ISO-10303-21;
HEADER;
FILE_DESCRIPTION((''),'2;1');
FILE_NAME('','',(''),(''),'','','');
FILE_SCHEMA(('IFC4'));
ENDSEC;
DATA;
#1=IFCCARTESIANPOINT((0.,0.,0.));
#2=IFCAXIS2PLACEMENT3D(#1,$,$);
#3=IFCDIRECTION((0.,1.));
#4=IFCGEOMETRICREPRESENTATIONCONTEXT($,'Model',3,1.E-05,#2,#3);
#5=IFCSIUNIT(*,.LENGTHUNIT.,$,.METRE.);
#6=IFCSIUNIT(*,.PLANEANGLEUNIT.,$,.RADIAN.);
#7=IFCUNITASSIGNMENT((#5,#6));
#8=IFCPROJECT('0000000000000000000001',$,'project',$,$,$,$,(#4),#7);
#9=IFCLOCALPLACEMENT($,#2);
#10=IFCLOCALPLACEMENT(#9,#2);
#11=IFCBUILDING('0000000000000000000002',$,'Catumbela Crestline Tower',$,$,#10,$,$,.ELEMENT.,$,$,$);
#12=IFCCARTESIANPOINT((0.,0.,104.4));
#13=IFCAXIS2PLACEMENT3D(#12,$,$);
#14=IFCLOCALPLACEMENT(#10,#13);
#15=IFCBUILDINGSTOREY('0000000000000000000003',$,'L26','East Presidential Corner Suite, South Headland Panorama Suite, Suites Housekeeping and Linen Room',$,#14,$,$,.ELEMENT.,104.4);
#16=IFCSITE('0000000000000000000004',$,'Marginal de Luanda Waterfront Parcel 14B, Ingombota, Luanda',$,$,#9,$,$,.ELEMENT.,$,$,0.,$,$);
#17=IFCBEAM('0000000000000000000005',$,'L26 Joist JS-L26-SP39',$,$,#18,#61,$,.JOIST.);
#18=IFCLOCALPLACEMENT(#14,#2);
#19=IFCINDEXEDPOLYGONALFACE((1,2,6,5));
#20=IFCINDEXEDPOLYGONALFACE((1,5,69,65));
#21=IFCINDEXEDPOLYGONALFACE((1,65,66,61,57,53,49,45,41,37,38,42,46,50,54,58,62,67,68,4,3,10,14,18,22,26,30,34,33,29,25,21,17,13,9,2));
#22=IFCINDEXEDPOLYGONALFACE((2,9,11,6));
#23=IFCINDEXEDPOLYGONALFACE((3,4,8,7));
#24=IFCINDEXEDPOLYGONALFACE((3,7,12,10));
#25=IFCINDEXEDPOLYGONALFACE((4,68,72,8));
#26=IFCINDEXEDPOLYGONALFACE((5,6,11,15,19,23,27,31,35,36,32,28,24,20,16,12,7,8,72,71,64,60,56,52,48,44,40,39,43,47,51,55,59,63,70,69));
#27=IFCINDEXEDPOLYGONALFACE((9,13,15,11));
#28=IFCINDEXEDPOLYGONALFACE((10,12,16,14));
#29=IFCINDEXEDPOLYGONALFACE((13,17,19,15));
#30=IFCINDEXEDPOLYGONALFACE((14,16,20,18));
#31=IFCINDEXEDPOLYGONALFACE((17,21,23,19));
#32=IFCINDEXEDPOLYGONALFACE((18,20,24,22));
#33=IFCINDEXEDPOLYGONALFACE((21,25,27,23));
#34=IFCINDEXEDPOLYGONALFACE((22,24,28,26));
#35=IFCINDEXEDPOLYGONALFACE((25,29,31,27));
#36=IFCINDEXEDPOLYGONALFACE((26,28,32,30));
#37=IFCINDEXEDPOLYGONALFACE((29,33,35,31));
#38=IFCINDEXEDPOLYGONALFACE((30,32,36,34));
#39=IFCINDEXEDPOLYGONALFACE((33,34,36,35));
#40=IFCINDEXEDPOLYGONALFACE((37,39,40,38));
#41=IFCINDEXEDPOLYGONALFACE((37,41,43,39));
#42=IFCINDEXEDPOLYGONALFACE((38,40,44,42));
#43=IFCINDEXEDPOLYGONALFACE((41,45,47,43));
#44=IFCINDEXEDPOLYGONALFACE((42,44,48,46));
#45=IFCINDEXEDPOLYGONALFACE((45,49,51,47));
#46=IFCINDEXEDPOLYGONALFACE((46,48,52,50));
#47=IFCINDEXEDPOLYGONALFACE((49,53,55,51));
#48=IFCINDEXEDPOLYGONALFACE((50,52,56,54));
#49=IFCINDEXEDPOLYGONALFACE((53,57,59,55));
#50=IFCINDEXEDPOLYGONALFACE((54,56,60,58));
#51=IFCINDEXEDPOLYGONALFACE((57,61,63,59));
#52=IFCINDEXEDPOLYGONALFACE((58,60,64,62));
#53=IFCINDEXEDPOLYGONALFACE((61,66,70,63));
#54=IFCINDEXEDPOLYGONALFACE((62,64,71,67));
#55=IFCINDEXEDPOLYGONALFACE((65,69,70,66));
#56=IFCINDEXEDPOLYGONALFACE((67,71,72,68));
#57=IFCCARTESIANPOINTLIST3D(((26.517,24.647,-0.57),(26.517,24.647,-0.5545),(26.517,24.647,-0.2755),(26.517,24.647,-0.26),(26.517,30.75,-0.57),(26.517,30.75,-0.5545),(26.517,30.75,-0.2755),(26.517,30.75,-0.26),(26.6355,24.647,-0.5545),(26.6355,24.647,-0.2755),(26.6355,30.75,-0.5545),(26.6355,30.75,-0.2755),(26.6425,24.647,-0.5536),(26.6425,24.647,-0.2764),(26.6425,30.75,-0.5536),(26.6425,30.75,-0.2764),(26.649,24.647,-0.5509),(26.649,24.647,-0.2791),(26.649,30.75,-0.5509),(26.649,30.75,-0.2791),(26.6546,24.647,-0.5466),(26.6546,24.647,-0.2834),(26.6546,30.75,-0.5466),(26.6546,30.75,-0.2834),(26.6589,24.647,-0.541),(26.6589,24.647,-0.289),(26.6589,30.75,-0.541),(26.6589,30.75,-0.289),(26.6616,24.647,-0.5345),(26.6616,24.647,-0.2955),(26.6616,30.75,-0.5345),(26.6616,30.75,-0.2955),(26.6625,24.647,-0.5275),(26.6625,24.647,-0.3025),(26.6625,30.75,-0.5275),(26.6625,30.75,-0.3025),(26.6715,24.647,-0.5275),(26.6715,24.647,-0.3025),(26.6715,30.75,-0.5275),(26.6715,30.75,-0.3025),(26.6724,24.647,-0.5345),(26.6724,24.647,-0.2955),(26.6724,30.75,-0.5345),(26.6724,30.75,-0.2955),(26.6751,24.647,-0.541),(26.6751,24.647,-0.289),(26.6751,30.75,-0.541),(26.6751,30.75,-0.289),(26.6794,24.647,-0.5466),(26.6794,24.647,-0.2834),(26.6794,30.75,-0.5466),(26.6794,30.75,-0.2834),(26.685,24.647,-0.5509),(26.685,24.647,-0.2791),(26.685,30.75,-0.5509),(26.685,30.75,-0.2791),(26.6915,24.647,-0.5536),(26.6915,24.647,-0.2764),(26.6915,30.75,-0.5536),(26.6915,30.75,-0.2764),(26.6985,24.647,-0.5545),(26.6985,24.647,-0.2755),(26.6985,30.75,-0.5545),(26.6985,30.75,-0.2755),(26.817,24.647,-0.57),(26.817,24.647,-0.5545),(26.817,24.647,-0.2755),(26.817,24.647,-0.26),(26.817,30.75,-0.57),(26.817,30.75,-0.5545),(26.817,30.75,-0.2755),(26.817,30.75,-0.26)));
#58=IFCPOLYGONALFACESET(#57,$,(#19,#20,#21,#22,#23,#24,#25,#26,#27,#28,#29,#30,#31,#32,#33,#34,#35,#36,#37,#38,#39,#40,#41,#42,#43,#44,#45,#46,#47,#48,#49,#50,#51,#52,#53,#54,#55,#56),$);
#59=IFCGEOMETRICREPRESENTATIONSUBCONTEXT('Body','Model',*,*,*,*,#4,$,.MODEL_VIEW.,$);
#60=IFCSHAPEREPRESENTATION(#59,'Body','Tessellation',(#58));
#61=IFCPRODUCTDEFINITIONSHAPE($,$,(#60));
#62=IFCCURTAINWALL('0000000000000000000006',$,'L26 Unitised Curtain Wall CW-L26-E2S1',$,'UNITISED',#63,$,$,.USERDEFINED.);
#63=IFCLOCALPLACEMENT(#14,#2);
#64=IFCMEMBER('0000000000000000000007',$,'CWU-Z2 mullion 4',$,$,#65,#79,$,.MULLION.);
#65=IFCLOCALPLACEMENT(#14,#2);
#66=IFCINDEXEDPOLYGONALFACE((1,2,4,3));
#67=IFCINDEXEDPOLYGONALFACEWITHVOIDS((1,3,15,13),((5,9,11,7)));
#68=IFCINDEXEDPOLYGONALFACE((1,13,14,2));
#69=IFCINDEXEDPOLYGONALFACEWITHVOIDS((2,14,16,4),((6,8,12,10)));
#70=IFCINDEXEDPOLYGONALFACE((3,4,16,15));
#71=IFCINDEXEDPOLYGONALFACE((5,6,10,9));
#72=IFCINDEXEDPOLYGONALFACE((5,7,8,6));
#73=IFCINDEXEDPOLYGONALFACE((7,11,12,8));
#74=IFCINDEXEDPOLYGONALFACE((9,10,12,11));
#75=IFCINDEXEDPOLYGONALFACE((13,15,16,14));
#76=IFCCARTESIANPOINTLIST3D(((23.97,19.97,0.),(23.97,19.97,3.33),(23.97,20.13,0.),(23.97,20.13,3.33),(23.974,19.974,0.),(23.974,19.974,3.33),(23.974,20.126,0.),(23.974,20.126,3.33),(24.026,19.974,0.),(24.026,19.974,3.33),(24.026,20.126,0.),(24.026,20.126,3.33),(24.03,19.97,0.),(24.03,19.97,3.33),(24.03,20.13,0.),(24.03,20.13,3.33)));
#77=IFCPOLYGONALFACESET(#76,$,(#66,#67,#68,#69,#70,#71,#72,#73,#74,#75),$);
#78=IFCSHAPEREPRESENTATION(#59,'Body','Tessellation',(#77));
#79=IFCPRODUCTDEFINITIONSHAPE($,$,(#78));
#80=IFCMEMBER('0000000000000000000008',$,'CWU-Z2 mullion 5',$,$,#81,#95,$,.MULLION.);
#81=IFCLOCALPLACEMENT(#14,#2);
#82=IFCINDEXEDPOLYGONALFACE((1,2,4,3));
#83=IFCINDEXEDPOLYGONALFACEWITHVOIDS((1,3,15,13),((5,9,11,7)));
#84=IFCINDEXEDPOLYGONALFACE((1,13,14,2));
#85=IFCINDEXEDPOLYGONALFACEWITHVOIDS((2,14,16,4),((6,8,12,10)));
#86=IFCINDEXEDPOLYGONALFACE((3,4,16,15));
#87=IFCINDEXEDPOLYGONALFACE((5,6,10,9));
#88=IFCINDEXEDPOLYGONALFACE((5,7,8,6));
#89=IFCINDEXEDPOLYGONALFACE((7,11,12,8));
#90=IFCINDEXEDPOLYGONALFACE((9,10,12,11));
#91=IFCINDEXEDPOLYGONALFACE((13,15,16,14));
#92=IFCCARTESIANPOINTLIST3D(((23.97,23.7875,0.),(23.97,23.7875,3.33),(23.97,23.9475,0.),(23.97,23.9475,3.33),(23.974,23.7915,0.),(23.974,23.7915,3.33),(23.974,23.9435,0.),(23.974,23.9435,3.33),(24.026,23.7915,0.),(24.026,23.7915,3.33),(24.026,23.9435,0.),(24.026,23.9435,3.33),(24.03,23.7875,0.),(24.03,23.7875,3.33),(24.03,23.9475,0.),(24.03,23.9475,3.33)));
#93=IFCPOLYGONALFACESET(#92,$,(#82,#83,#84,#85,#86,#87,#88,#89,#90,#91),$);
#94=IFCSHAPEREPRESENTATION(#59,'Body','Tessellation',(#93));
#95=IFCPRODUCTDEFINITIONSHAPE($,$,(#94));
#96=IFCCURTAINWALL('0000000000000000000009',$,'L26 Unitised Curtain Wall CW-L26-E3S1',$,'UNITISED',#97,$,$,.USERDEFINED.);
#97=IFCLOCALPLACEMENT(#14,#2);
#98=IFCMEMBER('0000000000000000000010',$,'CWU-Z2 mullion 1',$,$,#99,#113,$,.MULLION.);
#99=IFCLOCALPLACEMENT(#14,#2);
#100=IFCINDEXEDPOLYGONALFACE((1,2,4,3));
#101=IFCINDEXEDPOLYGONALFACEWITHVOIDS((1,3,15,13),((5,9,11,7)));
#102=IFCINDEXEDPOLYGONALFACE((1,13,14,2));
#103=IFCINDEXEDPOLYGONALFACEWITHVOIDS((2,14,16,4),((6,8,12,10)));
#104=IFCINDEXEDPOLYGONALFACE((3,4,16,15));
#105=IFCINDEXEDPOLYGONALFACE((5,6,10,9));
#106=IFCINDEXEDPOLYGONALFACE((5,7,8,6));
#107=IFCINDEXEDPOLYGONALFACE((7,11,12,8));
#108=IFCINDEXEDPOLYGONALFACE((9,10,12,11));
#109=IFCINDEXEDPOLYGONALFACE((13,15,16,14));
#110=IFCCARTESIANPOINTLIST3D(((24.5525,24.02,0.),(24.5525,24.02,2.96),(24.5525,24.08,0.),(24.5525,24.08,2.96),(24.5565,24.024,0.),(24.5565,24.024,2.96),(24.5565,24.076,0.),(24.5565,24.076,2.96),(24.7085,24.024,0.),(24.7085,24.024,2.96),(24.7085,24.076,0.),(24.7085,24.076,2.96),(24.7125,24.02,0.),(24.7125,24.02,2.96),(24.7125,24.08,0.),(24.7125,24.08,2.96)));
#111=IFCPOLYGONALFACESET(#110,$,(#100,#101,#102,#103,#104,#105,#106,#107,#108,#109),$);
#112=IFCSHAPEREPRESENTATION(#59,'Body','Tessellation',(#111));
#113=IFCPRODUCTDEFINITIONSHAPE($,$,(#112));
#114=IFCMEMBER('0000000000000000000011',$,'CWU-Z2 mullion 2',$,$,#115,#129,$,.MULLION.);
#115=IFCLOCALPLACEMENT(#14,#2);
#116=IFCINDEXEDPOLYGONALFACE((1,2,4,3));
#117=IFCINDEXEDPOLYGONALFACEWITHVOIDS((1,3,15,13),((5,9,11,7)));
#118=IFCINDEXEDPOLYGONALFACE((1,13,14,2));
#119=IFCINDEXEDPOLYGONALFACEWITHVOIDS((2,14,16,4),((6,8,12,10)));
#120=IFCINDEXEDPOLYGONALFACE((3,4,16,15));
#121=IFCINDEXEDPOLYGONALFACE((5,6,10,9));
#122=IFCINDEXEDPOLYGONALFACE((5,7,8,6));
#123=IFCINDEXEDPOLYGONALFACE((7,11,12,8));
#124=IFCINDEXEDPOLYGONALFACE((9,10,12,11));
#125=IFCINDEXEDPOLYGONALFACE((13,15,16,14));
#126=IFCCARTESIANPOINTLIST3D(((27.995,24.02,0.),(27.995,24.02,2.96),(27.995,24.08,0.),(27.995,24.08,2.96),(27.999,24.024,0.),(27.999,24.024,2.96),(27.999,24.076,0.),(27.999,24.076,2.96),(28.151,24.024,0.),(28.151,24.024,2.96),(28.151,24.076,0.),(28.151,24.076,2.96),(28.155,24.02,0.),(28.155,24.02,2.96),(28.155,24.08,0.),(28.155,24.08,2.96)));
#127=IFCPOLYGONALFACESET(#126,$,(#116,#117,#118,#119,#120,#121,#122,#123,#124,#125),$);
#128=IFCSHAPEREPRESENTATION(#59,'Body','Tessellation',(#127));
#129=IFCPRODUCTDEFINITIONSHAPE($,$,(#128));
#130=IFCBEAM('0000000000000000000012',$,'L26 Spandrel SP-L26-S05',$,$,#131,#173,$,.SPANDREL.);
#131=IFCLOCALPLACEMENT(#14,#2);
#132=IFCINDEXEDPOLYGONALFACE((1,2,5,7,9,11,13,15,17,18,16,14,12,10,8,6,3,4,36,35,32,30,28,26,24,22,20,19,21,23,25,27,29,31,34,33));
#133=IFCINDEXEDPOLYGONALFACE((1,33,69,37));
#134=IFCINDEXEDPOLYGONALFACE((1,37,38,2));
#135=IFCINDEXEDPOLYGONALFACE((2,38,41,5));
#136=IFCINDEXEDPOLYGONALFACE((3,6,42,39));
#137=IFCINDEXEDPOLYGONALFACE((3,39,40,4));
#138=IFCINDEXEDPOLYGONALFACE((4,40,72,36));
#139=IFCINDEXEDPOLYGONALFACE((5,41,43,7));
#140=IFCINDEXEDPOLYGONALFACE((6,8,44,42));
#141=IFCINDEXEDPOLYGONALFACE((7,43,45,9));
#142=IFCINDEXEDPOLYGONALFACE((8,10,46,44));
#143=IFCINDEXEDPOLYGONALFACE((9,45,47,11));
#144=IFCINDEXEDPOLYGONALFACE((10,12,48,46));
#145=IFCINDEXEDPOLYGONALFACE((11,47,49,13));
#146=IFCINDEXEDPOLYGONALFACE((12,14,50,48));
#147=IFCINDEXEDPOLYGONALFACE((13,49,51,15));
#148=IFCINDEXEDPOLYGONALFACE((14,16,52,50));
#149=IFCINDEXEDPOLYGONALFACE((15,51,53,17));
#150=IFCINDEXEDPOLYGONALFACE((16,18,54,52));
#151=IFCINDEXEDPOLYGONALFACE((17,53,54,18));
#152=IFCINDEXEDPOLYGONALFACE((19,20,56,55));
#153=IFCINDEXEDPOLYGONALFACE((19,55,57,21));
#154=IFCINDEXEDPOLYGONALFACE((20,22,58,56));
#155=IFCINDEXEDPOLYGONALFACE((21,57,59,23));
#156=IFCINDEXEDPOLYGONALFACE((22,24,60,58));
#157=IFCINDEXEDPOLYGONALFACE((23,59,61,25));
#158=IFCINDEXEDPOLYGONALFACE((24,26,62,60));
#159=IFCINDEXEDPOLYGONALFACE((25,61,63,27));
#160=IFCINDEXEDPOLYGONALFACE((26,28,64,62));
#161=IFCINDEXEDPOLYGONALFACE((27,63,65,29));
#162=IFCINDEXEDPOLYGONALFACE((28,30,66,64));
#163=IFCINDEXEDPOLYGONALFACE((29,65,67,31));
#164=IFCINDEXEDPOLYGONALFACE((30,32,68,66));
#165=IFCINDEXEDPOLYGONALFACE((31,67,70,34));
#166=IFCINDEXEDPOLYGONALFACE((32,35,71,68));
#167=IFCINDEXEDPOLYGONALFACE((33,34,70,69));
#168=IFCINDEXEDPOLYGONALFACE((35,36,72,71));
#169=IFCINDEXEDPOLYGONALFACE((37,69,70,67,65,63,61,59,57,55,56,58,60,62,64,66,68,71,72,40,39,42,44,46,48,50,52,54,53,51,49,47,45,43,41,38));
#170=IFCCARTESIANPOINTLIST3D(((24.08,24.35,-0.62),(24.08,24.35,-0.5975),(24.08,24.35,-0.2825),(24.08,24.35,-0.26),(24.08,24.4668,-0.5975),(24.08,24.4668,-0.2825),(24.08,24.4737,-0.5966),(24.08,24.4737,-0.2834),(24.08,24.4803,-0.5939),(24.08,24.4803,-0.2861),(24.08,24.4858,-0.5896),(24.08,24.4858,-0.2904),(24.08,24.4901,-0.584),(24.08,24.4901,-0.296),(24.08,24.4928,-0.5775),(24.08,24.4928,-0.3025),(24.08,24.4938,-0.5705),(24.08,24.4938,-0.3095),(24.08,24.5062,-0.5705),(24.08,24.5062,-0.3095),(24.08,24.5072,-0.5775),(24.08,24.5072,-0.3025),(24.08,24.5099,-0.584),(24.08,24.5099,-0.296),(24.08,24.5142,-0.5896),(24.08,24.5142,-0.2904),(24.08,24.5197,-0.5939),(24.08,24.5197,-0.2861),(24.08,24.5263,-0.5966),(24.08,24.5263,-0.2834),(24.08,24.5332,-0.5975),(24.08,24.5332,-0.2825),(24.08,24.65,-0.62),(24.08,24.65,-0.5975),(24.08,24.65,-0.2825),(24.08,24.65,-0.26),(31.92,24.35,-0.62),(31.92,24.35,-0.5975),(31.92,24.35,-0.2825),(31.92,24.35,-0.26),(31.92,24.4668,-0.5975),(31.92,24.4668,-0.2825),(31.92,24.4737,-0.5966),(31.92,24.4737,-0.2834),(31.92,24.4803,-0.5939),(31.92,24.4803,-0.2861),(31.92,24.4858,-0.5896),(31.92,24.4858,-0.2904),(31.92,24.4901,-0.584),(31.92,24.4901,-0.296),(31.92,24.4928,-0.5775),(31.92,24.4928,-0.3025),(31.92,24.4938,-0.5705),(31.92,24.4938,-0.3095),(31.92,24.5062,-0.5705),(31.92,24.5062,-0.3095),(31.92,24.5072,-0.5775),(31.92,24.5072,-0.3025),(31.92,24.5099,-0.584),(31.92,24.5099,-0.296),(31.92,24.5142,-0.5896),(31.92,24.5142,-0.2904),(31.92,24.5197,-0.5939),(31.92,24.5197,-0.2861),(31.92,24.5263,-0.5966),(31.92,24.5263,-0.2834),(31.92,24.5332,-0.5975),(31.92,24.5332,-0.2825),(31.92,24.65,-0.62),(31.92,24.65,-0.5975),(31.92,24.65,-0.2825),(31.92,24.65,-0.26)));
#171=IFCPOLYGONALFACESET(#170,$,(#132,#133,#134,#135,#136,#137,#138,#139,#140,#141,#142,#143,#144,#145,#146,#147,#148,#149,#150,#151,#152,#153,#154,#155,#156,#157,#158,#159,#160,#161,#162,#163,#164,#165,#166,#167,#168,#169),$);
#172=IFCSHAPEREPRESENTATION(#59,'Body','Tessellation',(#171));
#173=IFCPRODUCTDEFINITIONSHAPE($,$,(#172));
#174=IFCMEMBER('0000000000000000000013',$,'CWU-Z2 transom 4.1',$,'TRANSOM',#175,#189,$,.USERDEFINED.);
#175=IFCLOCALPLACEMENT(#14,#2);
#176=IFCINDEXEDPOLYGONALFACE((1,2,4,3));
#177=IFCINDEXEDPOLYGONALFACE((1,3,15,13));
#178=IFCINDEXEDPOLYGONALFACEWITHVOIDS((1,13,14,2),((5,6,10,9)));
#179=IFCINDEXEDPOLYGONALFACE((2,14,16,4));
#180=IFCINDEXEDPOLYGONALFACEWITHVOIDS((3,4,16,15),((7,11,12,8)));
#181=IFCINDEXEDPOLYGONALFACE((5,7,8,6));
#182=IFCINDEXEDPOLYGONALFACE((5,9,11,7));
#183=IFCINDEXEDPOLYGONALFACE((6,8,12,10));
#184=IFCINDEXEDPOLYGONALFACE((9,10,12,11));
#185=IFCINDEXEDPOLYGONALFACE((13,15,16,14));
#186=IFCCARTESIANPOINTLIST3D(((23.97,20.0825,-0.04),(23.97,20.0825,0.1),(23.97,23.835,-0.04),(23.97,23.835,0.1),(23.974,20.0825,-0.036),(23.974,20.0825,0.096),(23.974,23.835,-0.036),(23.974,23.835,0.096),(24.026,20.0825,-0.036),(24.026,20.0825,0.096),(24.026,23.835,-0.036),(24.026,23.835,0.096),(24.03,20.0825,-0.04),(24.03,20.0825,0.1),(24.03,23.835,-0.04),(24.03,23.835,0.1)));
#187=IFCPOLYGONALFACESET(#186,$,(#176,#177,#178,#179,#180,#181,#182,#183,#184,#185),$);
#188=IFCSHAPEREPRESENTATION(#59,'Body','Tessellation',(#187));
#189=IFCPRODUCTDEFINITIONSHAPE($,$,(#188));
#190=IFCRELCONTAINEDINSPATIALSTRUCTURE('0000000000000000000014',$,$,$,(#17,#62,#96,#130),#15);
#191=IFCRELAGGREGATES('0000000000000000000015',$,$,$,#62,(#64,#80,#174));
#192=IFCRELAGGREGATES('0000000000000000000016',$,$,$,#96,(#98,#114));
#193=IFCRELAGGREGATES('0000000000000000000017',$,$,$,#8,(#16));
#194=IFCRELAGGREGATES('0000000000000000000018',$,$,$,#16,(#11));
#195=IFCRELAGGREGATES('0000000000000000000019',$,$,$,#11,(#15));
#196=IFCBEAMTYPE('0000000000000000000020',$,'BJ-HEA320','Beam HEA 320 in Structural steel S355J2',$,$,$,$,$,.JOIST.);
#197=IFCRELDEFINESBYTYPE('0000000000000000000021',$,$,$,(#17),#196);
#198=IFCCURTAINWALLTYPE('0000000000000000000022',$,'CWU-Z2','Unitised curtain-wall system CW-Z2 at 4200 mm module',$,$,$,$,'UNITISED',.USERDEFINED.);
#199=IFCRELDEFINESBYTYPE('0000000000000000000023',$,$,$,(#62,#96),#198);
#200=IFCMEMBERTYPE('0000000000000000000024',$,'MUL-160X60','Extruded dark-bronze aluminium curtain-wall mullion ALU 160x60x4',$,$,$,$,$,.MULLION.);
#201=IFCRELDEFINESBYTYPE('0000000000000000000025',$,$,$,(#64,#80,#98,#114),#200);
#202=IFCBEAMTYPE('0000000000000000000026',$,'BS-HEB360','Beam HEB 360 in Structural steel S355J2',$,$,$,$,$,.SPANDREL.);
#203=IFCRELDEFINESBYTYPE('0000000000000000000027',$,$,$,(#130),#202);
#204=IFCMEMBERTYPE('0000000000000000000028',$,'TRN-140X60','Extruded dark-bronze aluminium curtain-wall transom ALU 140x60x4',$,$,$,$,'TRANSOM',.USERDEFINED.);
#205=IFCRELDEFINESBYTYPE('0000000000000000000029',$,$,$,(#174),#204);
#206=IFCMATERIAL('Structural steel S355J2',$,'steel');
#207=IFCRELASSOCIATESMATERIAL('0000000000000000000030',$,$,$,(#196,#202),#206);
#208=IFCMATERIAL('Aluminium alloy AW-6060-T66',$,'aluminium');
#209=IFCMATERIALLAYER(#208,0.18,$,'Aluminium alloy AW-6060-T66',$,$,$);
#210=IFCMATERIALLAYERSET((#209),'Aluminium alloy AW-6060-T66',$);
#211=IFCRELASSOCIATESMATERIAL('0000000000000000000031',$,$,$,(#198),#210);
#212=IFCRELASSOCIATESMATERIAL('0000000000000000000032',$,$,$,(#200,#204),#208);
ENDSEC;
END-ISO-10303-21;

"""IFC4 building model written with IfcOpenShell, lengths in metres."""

from ifc_helpers import new_model, si_unit, direction, frame, origin, origin_2d, place, context, subcontext, project, spatial, hollow_rectangle, i_section, extrude, material, layer, layer_set, material_profile, profile_set, type_object, element, aggregate, save


model = new_model("IFC4")

# Units and contexts
model_context = context("Model", 3, precision=1e-05, world=origin(), true_north=direction((0.0, 1.0)))
body_context = subcontext(model_context, "Body", "Model", "MODEL_VIEW")
ifc_project = project(units=[si_unit("LENGTHUNIT", "METRE"), si_unit("PLANEANGLEUNIT", "RADIAN")], contexts=[model_context])

# Site, building, storey
site_placement = place(None, origin())
site = spatial("IfcSite", under=ifc_project, at=site_placement, Name="Marginal de Luanda Waterfront Parcel 14B, Ingombota, Luanda", CompositionType="ELEMENT", RefElevation=0.0)
building_placement = place(site_placement, origin())
building = spatial("IfcBuilding", under=site, at=building_placement, Name="Catumbela Crestline Tower", CompositionType="ELEMENT")
storey_placement = place(building_placement, frame((0.0, 0.0, 104.4)))
storey = spatial("IfcBuildingStorey", under=building, at=storey_placement, Name="L26", Description="East Presidential Corner Suite, South Headland Panorama Suite, Suites Housekeeping and Linen Room", CompositionType="ELEMENT", Elevation=104.4)

# Beam
ifc_material_1 = material(Name="Structural steel S355J2", Category="steel")
ifc_material_profile_1 = material_profile(ifc_material_1, i_section(OverallWidth=0.3, OverallDepth=0.31, WebThickness=0.009, FlangeThickness=0.0155, FilletRadius=0.027, at=origin_2d()), Name="HEA 320")
ifc_profile_set_1 = profile_set([ifc_material_profile_1], Name="Structural steel S355J2")
beam_type_1 = type_object("IfcBeamType", Name="BJ-HEA320", Description="Beam HEA 320 in Structural steel S355J2", PredefinedType="JOIST", material=ifc_profile_set_1)
for number, where, z_axis, x_axis, name in (
    (1, (26.667, 24.647, -0.415), (0.0, 1.0, 0.0), (-1.0, 0.0, 0.0), "L26 Joist JS-L26-SP39"),
):
    element("IfcBeam", number, at=place(storey_placement, frame(where, z_axis=z_axis, x_axis=x_axis)), inside=storey, type_object=beam_type_1, Name=name, PredefinedType="JOIST", context=body_context, shape_type="SweptSolid", body=[
        extrude(i_section(OverallWidth=0.3, OverallDepth=0.31, WebThickness=0.009, FlangeThickness=0.0155, FilletRadius=0.027, at=origin_2d()), origin(), (0.0, 0.0, 1.0), 6.103),
    ])

# Curtain walls, members
ifc_material_2 = material(Name="Aluminium alloy AW-6060-T66", Category="aluminium")
ifc_layer_1 = layer(ifc_material_2, 0.18, Name="Aluminium alloy AW-6060-T66")
ifc_layer_set_1 = layer_set([ifc_layer_1], Name="Aluminium alloy AW-6060-T66")
curtain_wall_type = type_object("IfcCurtainWallType", Name="CWU-Z2", Description="Unitised curtain-wall system CW-Z2 at 4200 mm module", ElementType="UNITISED", PredefinedType="USERDEFINED", material=ifc_layer_set_1)
curtain_wall_1_placement = place(storey_placement, origin())
curtain_wall_1 = element("IfcCurtainWall", 2, at=curtain_wall_1_placement, inside=storey, type_object=curtain_wall_type, Name="L26 Unitised Curtain Wall CW-L26-E2S1", ObjectType="UNITISED", PredefinedType="USERDEFINED")
ifc_material_profile_2 = material_profile(ifc_material_2, hollow_rectangle(XDim=0.06, YDim=0.16, WallThickness=0.004, at=origin_2d()), Name="ALU 160x60x4")
ifc_profile_set_2 = profile_set([ifc_material_profile_2], Name="Aluminium alloy AW-6060-T66")
member_type_1 = type_object("IfcMemberType", Name="MUL-160X60", Description="Extruded dark-bronze aluminium curtain-wall mullion ALU 160x60x4", PredefinedType="MULLION", material=ifc_profile_set_2)
member_1_placement = place(storey_placement, frame((24.0, 20.05, 0.0), z_axis=(0.0, 0.0, 1.0), x_axis=(-1.0, 0.0, 0.0)))
member_1 = element("IfcMember", 3, at=member_1_placement, type_object=member_type_1, Name="CWU-Z2 mullion 4", PredefinedType="MULLION", context=body_context, shape_type="SweptSolid", body=[
    extrude(hollow_rectangle(XDim=0.06, YDim=0.16, WallThickness=0.004, at=origin_2d()), origin(), (0.0, 0.0, 1.0), 3.33),
])
member_2_placement = place(storey_placement, frame((24.0, 23.8675, 0.0), z_axis=(0.0, 0.0, 1.0), x_axis=(-1.0, 0.0, 0.0)))
member_2 = element("IfcMember", 4, at=member_2_placement, type_object=member_type_1, Name="CWU-Z2 mullion 5", PredefinedType="MULLION", context=body_context, shape_type="SweptSolid", body=[
    extrude(hollow_rectangle(XDim=0.06, YDim=0.16, WallThickness=0.004, at=origin_2d()), origin(), (0.0, 0.0, 1.0), 3.33),
])
curtain_wall_2_placement = place(storey_placement, origin())
curtain_wall_2 = element("IfcCurtainWall", 5, at=curtain_wall_2_placement, inside=storey, type_object=curtain_wall_type, Name="L26 Unitised Curtain Wall CW-L26-E3S1", ObjectType="UNITISED", PredefinedType="USERDEFINED")
member_3_placement = place(storey_placement, frame((24.6325, 24.05, 0.0), z_axis=(0.0, 0.0, 1.0), x_axis=(0.0, 1.0, 0.0)))
member_3 = element("IfcMember", 6, at=member_3_placement, type_object=member_type_1, Name="CWU-Z2 mullion 1", PredefinedType="MULLION", context=body_context, shape_type="SweptSolid", body=[
    extrude(hollow_rectangle(XDim=0.06, YDim=0.16, WallThickness=0.004, at=origin_2d()), origin(), (0.0, 0.0, 1.0), 2.96),
])
member_4_placement = place(storey_placement, frame((28.075, 24.05, 0.0), z_axis=(0.0, 0.0, 1.0), x_axis=(0.0, 1.0, 0.0)))
member_4 = element("IfcMember", 7, at=member_4_placement, type_object=member_type_1, Name="CWU-Z2 mullion 2", PredefinedType="MULLION", context=body_context, shape_type="SweptSolid", body=[
    extrude(hollow_rectangle(XDim=0.06, YDim=0.16, WallThickness=0.004, at=origin_2d()), origin(), (0.0, 0.0, 1.0), 2.96),
])

# Beam
ifc_material_profile_3 = material_profile(ifc_material_1, i_section(OverallWidth=0.3, OverallDepth=0.36, WebThickness=0.0125, FlangeThickness=0.0225, FilletRadius=0.027, at=origin_2d()), Name="HEB 360")
ifc_profile_set_3 = profile_set([ifc_material_profile_3], Name="Structural steel S355J2")
beam_type_2 = type_object("IfcBeamType", Name="BS-HEB360", Description="Beam HEB 360 in Structural steel S355J2", PredefinedType="SPANDREL", material=ifc_profile_set_3)
beam_1_placement = place(storey_placement, frame((24.08, 24.5, -0.44), z_axis=(1.0, 0.0, 0.0), x_axis=(0.0, 1.0, 0.0)))
element("IfcBeam", 8, at=beam_1_placement, inside=storey, type_object=beam_type_2, Name="L26 Spandrel SP-L26-S05", PredefinedType="SPANDREL", context=body_context, shape_type="SweptSolid", body=[
    extrude(i_section(OverallWidth=0.3, OverallDepth=0.36, WebThickness=0.0125, FlangeThickness=0.0225, FilletRadius=0.027, at=origin_2d()), origin(), (0.0, 0.0, 1.0), 7.84),
])

# Member
ifc_material_profile_4 = material_profile(ifc_material_2, hollow_rectangle(XDim=0.06, YDim=0.14, WallThickness=0.004, at=origin_2d()), Name="ALU 140x60x4")
ifc_profile_set_4 = profile_set([ifc_material_profile_4], Name="Aluminium alloy AW-6060-T66")
member_type_2 = type_object("IfcMemberType", Name="TRN-140X60", Description="Extruded dark-bronze aluminium curtain-wall transom ALU 140x60x4", ElementType="TRANSOM", PredefinedType="USERDEFINED", material=ifc_profile_set_4)
member_5_placement = place(storey_placement, frame((24.0, 20.0825, 0.03), z_axis=(0.0, 1.0, 0.0), x_axis=(-1.0, 0.0, 0.0)))
member_5 = element("IfcMember", 9, at=member_5_placement, type_object=member_type_2, Name="CWU-Z2 transom 4.1", ObjectType="TRANSOM", PredefinedType="USERDEFINED", context=body_context, shape_type="SweptSolid", body=[
    extrude(hollow_rectangle(XDim=0.06, YDim=0.14, WallThickness=0.004, at=origin_2d()), origin(), (0.0, 0.0, 1.0), 3.7525),
])

aggregate(curtain_wall_1, [member_1, member_2, member_5])
aggregate(curtain_wall_2, [member_3, member_4])

save(model, "model.ifc")
